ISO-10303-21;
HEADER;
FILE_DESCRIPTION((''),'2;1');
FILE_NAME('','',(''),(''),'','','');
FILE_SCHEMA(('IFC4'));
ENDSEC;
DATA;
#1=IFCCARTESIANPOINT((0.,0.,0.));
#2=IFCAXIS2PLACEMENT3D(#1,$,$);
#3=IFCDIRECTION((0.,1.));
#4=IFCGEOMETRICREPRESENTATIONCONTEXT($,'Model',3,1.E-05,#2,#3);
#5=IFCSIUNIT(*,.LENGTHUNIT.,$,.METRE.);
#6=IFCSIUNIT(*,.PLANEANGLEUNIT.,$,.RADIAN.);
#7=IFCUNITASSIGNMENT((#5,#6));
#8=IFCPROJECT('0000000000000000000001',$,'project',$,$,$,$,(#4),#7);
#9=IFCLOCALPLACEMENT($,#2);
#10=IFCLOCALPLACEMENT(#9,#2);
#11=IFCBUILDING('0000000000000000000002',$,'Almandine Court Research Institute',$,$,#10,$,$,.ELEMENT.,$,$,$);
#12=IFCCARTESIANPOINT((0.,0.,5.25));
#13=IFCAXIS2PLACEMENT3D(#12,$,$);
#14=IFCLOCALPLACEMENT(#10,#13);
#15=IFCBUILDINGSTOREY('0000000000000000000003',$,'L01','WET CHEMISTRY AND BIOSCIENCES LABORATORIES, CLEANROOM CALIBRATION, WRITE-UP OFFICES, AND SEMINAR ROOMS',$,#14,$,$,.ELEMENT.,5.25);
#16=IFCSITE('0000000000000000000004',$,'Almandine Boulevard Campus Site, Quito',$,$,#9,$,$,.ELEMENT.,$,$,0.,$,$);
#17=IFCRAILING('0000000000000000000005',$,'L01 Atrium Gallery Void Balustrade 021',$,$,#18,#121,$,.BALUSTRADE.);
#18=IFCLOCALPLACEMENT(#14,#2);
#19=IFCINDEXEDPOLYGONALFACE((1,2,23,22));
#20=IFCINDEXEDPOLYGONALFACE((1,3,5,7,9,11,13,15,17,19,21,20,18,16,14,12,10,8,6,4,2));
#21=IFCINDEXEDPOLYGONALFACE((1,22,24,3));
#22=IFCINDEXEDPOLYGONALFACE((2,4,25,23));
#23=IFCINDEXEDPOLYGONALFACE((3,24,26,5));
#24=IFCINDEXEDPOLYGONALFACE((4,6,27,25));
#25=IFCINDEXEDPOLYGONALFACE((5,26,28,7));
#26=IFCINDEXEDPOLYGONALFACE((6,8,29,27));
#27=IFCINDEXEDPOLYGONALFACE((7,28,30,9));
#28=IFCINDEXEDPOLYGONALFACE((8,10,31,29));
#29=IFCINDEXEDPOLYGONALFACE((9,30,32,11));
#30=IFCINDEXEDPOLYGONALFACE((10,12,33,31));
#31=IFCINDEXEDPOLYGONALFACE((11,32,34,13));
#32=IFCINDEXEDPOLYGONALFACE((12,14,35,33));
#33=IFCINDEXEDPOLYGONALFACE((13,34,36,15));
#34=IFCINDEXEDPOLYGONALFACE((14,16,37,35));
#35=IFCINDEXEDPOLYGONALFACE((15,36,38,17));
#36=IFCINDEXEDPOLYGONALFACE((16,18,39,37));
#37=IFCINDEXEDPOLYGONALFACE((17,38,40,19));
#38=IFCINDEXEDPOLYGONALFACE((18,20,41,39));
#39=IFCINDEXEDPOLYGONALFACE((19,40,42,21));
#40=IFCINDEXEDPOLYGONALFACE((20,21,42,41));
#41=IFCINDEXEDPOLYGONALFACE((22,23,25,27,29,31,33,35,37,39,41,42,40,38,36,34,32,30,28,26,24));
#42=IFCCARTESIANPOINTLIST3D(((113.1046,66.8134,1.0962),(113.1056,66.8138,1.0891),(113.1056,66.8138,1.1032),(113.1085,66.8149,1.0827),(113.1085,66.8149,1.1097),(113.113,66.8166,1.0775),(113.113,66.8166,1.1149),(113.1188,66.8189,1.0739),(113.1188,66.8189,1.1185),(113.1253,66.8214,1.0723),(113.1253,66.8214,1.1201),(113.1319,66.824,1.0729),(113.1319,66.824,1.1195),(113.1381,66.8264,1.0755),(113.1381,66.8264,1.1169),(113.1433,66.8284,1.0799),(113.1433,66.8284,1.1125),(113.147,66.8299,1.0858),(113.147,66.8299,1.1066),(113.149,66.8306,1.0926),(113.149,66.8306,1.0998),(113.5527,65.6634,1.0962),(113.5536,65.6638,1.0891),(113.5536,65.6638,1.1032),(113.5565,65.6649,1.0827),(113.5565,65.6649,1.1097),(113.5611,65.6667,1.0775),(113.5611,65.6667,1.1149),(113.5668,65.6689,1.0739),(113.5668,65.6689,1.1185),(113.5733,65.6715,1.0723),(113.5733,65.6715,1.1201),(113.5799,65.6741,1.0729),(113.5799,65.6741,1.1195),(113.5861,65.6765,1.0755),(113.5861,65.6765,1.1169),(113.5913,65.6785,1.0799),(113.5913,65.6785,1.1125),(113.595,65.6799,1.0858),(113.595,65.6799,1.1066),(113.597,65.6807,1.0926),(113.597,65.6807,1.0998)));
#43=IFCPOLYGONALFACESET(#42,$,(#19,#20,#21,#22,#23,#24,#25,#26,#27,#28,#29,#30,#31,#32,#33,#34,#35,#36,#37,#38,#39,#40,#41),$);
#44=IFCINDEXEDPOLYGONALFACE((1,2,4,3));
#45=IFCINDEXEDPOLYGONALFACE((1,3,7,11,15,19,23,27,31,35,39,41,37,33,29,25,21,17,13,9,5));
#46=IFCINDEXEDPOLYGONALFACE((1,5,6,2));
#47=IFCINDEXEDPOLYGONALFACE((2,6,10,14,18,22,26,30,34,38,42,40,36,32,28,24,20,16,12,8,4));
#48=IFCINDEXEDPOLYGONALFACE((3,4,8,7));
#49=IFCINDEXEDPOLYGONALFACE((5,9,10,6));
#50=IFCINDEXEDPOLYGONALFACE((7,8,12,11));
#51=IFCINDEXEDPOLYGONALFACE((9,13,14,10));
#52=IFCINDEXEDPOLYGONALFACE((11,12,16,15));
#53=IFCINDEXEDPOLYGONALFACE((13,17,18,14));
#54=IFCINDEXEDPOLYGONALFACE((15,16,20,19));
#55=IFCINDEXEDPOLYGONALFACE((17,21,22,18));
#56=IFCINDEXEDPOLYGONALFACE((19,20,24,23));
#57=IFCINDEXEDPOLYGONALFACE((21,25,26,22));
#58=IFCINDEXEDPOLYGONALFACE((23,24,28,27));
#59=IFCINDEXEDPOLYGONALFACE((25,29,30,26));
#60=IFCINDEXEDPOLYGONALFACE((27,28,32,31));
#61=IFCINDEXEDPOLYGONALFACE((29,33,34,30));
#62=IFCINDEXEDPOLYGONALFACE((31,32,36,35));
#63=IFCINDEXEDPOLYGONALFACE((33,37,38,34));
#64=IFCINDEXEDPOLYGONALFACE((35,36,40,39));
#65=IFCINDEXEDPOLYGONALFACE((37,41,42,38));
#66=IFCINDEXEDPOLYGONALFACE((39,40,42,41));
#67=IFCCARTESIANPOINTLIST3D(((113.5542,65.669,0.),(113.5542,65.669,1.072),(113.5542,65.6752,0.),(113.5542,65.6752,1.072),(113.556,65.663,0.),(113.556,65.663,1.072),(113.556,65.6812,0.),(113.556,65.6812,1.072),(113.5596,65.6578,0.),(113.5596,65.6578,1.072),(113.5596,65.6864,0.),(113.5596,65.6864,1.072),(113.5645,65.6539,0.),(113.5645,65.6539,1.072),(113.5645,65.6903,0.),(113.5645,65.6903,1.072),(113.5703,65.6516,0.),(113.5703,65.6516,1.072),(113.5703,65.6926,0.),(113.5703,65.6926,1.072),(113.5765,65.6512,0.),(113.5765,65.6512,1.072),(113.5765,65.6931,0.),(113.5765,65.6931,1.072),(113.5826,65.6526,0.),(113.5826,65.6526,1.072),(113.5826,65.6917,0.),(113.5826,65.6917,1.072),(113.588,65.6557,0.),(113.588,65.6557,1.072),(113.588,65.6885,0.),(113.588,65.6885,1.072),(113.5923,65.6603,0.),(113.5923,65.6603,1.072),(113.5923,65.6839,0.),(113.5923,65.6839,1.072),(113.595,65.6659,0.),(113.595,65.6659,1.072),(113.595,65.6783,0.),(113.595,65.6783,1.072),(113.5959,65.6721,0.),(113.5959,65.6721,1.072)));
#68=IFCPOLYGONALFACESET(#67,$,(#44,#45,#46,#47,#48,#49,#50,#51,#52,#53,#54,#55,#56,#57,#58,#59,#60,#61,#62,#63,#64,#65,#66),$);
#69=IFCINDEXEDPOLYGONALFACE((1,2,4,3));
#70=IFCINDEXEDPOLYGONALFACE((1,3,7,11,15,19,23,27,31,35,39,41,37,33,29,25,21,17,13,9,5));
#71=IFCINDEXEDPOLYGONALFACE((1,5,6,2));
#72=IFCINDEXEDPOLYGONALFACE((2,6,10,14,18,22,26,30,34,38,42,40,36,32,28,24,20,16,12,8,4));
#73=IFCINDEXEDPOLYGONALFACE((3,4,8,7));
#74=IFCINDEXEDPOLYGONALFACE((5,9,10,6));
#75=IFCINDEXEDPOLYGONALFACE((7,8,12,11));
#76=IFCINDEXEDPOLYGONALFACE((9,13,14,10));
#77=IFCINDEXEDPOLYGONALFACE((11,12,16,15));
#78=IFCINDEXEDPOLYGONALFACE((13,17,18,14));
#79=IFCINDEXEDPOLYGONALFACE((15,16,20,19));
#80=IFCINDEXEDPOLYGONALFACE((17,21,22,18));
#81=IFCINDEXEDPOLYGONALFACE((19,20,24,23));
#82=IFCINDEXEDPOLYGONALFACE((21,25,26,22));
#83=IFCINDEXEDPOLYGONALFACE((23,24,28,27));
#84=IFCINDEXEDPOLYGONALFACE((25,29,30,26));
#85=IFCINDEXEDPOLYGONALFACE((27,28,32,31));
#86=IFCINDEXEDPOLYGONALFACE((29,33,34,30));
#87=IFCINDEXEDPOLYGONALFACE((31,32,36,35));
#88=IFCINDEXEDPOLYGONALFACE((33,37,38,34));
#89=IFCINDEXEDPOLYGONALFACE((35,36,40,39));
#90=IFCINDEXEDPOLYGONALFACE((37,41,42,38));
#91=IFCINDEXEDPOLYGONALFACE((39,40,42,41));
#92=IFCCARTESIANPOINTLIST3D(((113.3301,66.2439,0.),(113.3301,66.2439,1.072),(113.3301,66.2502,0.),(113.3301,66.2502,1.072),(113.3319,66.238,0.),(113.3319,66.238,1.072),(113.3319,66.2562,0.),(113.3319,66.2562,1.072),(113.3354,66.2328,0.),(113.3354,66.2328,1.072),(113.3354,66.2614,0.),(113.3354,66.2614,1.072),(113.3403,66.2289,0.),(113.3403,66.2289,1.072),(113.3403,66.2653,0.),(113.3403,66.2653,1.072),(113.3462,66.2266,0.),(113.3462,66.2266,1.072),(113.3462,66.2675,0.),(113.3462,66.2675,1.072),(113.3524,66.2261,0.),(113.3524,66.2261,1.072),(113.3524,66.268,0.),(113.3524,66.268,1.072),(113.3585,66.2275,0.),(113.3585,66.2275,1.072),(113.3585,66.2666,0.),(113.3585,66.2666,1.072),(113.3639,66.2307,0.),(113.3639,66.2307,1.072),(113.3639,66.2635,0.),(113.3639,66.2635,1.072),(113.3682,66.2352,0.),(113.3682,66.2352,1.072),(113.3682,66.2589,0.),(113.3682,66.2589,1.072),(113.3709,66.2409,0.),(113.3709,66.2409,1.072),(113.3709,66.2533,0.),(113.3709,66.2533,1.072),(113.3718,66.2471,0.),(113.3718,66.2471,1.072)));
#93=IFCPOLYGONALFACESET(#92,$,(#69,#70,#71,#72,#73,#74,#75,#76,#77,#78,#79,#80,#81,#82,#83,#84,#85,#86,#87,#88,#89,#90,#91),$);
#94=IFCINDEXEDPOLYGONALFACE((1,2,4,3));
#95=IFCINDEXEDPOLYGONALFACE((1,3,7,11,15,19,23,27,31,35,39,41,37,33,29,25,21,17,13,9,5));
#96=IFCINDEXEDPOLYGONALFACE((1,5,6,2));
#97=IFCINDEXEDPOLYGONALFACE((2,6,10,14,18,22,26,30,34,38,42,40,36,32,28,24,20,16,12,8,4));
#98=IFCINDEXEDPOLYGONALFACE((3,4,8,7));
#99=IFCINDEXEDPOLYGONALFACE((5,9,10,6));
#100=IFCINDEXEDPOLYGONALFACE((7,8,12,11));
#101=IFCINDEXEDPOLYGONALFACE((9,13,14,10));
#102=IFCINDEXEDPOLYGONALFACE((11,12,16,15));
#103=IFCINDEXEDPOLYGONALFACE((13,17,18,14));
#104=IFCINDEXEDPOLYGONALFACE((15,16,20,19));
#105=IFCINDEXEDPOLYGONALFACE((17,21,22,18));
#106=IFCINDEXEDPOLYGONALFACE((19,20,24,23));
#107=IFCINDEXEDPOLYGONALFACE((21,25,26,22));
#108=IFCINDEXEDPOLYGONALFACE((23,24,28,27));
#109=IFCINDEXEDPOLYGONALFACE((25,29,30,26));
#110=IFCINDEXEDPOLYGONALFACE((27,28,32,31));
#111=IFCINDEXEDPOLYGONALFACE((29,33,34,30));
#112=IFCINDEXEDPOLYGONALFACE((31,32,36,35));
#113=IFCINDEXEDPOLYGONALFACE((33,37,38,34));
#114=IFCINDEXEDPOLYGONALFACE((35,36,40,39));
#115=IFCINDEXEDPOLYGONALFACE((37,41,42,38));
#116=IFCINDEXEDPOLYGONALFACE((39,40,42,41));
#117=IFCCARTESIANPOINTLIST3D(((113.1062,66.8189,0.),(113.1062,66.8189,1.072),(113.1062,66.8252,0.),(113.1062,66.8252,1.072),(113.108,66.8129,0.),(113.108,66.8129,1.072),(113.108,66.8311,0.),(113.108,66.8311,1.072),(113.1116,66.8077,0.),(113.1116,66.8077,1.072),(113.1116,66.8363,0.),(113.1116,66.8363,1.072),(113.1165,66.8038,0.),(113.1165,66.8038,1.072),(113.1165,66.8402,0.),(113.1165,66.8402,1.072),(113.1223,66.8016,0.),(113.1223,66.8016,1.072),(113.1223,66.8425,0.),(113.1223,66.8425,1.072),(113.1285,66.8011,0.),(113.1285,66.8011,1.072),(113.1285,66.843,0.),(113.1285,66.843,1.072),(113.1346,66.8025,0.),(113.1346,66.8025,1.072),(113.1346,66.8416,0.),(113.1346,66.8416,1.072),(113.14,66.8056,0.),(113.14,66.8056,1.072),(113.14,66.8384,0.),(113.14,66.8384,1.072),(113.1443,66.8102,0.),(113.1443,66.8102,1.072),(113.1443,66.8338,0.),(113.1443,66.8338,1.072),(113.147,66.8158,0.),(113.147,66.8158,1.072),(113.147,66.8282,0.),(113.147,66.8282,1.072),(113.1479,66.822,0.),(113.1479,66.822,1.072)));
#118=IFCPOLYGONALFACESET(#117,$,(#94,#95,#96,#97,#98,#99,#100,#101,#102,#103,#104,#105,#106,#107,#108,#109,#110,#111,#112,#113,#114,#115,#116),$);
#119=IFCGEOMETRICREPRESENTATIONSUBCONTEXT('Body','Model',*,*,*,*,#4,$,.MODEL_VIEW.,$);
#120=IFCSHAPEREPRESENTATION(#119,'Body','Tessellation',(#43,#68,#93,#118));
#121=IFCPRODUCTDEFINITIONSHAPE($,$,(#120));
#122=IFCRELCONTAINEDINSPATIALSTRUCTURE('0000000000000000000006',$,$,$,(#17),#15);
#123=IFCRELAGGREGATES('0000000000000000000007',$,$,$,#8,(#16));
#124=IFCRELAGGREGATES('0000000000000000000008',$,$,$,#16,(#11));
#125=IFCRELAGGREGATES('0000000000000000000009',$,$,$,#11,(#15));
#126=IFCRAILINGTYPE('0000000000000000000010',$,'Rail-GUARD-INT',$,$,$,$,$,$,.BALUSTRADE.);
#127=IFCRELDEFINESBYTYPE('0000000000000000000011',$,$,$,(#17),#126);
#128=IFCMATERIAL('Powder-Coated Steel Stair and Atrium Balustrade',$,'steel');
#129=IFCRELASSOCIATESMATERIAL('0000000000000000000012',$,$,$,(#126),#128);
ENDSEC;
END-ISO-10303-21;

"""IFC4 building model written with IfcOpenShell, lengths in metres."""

from ifc_helpers import new_model, si_unit, direction, frame, origin, origin_2d, place, context, subcontext, project, spatial, circle, extrude, material, type_object, element, save


model = new_model("IFC4")

# Units and contexts
model_context = context("Model", 3, precision=1e-05, world=origin(), true_north=direction((0.0, 1.0)))
body_context = subcontext(model_context, "Body", "Model", "MODEL_VIEW")
ifc_project = project(units=[si_unit("LENGTHUNIT", "METRE"), si_unit("PLANEANGLEUNIT", "RADIAN")], contexts=[model_context])

# Site, building, storey
site_placement = place(None, origin())
site = spatial("IfcSite", under=ifc_project, at=site_placement, Name="Almandine Boulevard Campus Site, Quito", CompositionType="ELEMENT", RefElevation=0.0)
building_placement = place(site_placement, origin())
building = spatial("IfcBuilding", under=site, at=building_placement, Name="Almandine Court Research Institute", CompositionType="ELEMENT")
storey_placement = place(building_placement, frame((0.0, 0.0, 5.25)))
storey = spatial("IfcBuildingStorey", under=building, at=storey_placement, Name="L01", Description="WET CHEMISTRY AND BIOSCIENCES LABORATORIES, CLEANROOM CALIBRATION, WRITE-UP OFFICES, AND SEMINAR ROOMS", CompositionType="ELEMENT", Elevation=5.25)

# Railing
ifc_material_1 = material(Name="Powder-Coated Steel Stair and Atrium Balustrade", Category="steel")
railing_type = type_object("IfcRailingType", Name="Rail-GUARD-INT", PredefinedType="BALUSTRADE", material=ifc_material_1)
railing_1_placement = place(storey_placement, frame((113.575, 65.6721, 0.0)))
element("IfcRailing", 1, at=railing_1_placement, inside=storey, type_object=railing_type, Name="L01 Atrium Gallery Void Balustrade 021", PredefinedType="BALUSTRADE", context=body_context, shape_type="SweptSolid", body=[
    extrude(circle(Radius=0.0239, at=origin_2d()), frame((0.0, 0.0, 1.0962), z_axis=(-0.363019, 0.931782, 0.0), x_axis=(-0.931782, -0.363019, 0.0)), (0.0, 0.0, 1.0), 1.2341),
    extrude(circle(Radius=0.021, at=origin_2d()), origin(), (0.0, 0.0, 1.0), 1.072),
    extrude(circle(Radius=0.021, at=origin_2d()), frame((-0.2241, 0.575, 0.0)), (0.0, 0.0, 1.0), 1.072),
    extrude(circle(Radius=0.021, at=origin_2d()), frame((-0.448, 1.1499, 0.0)), (0.0, 0.0, 1.0), 1.072),
])

save(model, "model.ifc")
